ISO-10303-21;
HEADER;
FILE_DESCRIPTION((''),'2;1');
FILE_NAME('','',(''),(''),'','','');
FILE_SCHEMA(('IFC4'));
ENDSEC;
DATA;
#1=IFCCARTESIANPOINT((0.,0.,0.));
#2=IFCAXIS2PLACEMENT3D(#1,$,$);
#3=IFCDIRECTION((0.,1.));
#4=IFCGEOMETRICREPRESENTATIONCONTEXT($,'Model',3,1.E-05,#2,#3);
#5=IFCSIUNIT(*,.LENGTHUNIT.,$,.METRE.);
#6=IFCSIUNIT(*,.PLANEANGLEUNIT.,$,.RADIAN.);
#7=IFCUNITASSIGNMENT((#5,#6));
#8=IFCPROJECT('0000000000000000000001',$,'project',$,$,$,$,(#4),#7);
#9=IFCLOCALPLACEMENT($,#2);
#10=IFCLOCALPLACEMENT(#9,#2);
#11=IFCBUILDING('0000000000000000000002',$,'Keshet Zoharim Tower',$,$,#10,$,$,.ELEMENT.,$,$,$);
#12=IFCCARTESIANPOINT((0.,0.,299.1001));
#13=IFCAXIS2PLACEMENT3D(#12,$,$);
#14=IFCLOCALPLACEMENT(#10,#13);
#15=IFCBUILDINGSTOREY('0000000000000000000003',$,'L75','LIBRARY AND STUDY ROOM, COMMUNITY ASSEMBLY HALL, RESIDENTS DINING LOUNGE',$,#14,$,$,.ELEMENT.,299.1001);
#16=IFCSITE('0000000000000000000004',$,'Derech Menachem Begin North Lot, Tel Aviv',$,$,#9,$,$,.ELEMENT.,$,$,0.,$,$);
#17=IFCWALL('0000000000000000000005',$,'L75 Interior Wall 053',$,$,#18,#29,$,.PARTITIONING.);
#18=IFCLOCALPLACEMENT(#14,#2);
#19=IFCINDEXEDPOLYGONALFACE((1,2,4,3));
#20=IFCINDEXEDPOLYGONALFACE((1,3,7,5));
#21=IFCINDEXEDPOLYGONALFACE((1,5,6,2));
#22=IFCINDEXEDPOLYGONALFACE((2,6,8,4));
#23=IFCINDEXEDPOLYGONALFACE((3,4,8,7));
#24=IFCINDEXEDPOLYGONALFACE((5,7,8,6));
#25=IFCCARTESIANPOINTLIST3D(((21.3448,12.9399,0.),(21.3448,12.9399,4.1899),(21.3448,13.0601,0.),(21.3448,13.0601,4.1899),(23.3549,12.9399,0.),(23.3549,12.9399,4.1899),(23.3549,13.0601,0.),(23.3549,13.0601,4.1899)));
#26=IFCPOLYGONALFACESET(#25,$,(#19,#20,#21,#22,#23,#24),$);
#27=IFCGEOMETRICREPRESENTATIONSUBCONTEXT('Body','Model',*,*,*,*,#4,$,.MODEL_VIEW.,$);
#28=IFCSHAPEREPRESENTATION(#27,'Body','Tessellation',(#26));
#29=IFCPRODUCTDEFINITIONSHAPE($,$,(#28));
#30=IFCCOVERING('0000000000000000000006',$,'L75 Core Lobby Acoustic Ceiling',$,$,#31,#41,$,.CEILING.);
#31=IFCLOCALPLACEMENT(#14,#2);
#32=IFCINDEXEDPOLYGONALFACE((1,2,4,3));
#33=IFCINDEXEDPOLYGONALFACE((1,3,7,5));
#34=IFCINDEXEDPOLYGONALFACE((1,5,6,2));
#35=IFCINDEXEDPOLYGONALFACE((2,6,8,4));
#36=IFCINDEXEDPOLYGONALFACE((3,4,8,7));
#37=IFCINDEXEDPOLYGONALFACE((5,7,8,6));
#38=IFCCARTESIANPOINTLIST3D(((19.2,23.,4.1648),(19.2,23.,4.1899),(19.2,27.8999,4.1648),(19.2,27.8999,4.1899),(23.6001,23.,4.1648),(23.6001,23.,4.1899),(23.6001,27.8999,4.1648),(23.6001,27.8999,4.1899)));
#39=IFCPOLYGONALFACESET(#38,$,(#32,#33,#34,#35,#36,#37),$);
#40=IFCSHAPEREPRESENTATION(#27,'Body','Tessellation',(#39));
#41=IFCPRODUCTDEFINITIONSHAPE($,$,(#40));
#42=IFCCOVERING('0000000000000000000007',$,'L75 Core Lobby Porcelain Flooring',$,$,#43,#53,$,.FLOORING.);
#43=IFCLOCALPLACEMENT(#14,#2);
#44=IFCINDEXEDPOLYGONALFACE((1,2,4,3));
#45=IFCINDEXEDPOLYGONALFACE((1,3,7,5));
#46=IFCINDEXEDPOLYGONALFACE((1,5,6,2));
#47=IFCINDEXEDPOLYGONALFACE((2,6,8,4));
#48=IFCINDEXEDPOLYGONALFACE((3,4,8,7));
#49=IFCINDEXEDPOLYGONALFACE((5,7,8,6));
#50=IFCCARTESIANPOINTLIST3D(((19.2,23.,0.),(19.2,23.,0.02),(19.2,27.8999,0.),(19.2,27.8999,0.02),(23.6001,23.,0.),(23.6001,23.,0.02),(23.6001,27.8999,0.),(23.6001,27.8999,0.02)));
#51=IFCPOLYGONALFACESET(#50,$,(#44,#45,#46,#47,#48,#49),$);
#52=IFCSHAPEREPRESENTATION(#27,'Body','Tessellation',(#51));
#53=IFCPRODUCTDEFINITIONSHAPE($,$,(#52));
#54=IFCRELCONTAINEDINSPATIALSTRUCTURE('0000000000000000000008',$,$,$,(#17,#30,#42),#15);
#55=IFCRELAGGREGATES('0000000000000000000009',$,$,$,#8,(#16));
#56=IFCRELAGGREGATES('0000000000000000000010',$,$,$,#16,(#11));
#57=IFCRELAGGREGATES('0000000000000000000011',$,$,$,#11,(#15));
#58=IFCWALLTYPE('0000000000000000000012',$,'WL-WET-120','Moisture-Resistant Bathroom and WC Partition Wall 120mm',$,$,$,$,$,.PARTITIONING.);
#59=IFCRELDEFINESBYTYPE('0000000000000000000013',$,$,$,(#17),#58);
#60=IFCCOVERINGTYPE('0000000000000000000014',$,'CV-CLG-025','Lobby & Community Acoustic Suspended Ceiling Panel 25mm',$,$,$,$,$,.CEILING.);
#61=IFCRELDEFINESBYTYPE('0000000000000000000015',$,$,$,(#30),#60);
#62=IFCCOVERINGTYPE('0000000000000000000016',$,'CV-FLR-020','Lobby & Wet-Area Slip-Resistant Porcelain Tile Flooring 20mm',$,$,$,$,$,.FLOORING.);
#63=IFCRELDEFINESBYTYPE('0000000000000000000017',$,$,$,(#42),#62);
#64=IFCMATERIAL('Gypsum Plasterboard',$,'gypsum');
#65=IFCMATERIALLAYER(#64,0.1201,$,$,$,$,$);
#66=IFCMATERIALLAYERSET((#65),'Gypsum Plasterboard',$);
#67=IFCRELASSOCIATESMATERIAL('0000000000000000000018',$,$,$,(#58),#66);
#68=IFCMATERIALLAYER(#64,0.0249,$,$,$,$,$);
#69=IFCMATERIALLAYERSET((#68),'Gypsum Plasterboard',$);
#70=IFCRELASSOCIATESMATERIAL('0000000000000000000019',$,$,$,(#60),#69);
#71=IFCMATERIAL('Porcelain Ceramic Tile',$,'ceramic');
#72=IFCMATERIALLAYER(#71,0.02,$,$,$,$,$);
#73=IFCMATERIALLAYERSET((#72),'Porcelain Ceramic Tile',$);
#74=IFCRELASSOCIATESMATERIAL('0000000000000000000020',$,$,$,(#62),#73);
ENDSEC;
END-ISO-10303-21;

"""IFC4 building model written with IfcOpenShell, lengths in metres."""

from ifc_helpers import new_model, si_unit, direction, frame, frame_2d, origin, place, context, subcontext, project, spatial, polyline, rectangle, outline, extrude, material, layer, layer_set, type_object, element, save


model = new_model("IFC4")

# Units and contexts
model_context = context("Model", 3, precision=1e-05, world=origin(), true_north=direction((0.0, 1.0)))
body_context = subcontext(model_context, "Body", "Model", "MODEL_VIEW")
ifc_project = project(units=[si_unit("LENGTHUNIT", "METRE"), si_unit("PLANEANGLEUNIT", "RADIAN")], contexts=[model_context])

# Site, building, storey
site_placement = place(None, origin())
site = spatial("IfcSite", under=ifc_project, at=site_placement, Name="Derech Menachem Begin North Lot, Tel Aviv", CompositionType="ELEMENT", RefElevation=0.0)
building_placement = place(site_placement, origin())
building = spatial("IfcBuilding", under=site, at=building_placement, Name="Keshet Zoharim Tower", CompositionType="ELEMENT")
storey_placement = place(building_placement, frame((0.0, 0.0, 299.1001)))
storey = spatial("IfcBuildingStorey", under=building, at=storey_placement, Name="L75", Description="LIBRARY AND STUDY ROOM, COMMUNITY ASSEMBLY HALL, RESIDENTS DINING LOUNGE", CompositionType="ELEMENT", Elevation=299.1001)

# Shared definitions
ifc_material_1 = material(Name="Gypsum Plasterboard", Category="gypsum")

# Wall
ifc_layer_1 = layer(ifc_material_1, 0.1201)
ifc_layer_set_1 = layer_set([ifc_layer_1], Name="Gypsum Plasterboard")
wall_type_1 = type_object("IfcWallType", Name="WL-WET-120", Description="Moisture-Resistant Bathroom and WC Partition Wall 120mm", PredefinedType="PARTITIONING", material=ifc_layer_set_1)
wall_1_placement = place(storey_placement, frame((21.345, 13.0, 0.0), z_axis=(0.0, 0.0, 1.0), x_axis=(1.0, 0.0, 0.0)))
element("IfcWall", 1, at=wall_1_placement, inside=storey, type_object=wall_type_1, Name="L75 Interior Wall 053", PredefinedType="PARTITIONING", context=body_context, shape_type="SweptSolid", body=[
    extrude(rectangle(XDim=2.01, YDim=0.1201, at=frame_2d((1.0049, 0.0))), origin(), (0.0, 0.0, 1.0), 4.1899),
])

# Coverings
ifc_layer_2 = layer(ifc_material_1, 0.0249)
ifc_layer_set_2 = layer_set([ifc_layer_2], Name="Gypsum Plasterboard")
covering_type_1 = type_object("IfcCoveringType", Name="CV-CLG-025", Description="Lobby & Community Acoustic Suspended Ceiling Panel 25mm", PredefinedType="CEILING", material=ifc_layer_set_2)
covering_1_placement = place(storey_placement, frame((0.0, 0.0, 4.1648)))
element("IfcCovering", 2, at=covering_1_placement, inside=storey, type_object=covering_type_1, Name="L75 Core Lobby Acoustic Ceiling", PredefinedType="CEILING", context=body_context, shape_type="SweptSolid", body=[
    extrude(outline(polyline([(19.2, 23.0), (23.6001, 23.0), (23.6001, 27.8999), (19.2, 27.8999), (19.2, 23.0)])), origin(), (0.0, 0.0, 1.0), 0.0251),
])
ifc_material_2 = material(Name="Porcelain Ceramic Tile", Category="ceramic")
ifc_layer_3 = layer(ifc_material_2, 0.02)
ifc_layer_set_3 = layer_set([ifc_layer_3], Name="Porcelain Ceramic Tile")
covering_type_2 = type_object("IfcCoveringType", Name="CV-FLR-020", Description="Lobby & Wet-Area Slip-Resistant Porcelain Tile Flooring 20mm", PredefinedType="FLOORING", material=ifc_layer_set_3)
covering_2_placement = place(storey_placement, origin())
element("IfcCovering", 3, at=covering_2_placement, inside=storey, type_object=covering_type_2, Name="L75 Core Lobby Porcelain Flooring", PredefinedType="FLOORING", context=body_context, shape_type="SweptSolid", body=[
    extrude(outline(polyline([(19.2, 23.0), (23.6001, 23.0), (23.6001, 27.8999), (19.2, 27.8999), (19.2, 23.0)])), origin(), (0.0, 0.0, 1.0), 0.02),
])

save(model, "model.ifc")
